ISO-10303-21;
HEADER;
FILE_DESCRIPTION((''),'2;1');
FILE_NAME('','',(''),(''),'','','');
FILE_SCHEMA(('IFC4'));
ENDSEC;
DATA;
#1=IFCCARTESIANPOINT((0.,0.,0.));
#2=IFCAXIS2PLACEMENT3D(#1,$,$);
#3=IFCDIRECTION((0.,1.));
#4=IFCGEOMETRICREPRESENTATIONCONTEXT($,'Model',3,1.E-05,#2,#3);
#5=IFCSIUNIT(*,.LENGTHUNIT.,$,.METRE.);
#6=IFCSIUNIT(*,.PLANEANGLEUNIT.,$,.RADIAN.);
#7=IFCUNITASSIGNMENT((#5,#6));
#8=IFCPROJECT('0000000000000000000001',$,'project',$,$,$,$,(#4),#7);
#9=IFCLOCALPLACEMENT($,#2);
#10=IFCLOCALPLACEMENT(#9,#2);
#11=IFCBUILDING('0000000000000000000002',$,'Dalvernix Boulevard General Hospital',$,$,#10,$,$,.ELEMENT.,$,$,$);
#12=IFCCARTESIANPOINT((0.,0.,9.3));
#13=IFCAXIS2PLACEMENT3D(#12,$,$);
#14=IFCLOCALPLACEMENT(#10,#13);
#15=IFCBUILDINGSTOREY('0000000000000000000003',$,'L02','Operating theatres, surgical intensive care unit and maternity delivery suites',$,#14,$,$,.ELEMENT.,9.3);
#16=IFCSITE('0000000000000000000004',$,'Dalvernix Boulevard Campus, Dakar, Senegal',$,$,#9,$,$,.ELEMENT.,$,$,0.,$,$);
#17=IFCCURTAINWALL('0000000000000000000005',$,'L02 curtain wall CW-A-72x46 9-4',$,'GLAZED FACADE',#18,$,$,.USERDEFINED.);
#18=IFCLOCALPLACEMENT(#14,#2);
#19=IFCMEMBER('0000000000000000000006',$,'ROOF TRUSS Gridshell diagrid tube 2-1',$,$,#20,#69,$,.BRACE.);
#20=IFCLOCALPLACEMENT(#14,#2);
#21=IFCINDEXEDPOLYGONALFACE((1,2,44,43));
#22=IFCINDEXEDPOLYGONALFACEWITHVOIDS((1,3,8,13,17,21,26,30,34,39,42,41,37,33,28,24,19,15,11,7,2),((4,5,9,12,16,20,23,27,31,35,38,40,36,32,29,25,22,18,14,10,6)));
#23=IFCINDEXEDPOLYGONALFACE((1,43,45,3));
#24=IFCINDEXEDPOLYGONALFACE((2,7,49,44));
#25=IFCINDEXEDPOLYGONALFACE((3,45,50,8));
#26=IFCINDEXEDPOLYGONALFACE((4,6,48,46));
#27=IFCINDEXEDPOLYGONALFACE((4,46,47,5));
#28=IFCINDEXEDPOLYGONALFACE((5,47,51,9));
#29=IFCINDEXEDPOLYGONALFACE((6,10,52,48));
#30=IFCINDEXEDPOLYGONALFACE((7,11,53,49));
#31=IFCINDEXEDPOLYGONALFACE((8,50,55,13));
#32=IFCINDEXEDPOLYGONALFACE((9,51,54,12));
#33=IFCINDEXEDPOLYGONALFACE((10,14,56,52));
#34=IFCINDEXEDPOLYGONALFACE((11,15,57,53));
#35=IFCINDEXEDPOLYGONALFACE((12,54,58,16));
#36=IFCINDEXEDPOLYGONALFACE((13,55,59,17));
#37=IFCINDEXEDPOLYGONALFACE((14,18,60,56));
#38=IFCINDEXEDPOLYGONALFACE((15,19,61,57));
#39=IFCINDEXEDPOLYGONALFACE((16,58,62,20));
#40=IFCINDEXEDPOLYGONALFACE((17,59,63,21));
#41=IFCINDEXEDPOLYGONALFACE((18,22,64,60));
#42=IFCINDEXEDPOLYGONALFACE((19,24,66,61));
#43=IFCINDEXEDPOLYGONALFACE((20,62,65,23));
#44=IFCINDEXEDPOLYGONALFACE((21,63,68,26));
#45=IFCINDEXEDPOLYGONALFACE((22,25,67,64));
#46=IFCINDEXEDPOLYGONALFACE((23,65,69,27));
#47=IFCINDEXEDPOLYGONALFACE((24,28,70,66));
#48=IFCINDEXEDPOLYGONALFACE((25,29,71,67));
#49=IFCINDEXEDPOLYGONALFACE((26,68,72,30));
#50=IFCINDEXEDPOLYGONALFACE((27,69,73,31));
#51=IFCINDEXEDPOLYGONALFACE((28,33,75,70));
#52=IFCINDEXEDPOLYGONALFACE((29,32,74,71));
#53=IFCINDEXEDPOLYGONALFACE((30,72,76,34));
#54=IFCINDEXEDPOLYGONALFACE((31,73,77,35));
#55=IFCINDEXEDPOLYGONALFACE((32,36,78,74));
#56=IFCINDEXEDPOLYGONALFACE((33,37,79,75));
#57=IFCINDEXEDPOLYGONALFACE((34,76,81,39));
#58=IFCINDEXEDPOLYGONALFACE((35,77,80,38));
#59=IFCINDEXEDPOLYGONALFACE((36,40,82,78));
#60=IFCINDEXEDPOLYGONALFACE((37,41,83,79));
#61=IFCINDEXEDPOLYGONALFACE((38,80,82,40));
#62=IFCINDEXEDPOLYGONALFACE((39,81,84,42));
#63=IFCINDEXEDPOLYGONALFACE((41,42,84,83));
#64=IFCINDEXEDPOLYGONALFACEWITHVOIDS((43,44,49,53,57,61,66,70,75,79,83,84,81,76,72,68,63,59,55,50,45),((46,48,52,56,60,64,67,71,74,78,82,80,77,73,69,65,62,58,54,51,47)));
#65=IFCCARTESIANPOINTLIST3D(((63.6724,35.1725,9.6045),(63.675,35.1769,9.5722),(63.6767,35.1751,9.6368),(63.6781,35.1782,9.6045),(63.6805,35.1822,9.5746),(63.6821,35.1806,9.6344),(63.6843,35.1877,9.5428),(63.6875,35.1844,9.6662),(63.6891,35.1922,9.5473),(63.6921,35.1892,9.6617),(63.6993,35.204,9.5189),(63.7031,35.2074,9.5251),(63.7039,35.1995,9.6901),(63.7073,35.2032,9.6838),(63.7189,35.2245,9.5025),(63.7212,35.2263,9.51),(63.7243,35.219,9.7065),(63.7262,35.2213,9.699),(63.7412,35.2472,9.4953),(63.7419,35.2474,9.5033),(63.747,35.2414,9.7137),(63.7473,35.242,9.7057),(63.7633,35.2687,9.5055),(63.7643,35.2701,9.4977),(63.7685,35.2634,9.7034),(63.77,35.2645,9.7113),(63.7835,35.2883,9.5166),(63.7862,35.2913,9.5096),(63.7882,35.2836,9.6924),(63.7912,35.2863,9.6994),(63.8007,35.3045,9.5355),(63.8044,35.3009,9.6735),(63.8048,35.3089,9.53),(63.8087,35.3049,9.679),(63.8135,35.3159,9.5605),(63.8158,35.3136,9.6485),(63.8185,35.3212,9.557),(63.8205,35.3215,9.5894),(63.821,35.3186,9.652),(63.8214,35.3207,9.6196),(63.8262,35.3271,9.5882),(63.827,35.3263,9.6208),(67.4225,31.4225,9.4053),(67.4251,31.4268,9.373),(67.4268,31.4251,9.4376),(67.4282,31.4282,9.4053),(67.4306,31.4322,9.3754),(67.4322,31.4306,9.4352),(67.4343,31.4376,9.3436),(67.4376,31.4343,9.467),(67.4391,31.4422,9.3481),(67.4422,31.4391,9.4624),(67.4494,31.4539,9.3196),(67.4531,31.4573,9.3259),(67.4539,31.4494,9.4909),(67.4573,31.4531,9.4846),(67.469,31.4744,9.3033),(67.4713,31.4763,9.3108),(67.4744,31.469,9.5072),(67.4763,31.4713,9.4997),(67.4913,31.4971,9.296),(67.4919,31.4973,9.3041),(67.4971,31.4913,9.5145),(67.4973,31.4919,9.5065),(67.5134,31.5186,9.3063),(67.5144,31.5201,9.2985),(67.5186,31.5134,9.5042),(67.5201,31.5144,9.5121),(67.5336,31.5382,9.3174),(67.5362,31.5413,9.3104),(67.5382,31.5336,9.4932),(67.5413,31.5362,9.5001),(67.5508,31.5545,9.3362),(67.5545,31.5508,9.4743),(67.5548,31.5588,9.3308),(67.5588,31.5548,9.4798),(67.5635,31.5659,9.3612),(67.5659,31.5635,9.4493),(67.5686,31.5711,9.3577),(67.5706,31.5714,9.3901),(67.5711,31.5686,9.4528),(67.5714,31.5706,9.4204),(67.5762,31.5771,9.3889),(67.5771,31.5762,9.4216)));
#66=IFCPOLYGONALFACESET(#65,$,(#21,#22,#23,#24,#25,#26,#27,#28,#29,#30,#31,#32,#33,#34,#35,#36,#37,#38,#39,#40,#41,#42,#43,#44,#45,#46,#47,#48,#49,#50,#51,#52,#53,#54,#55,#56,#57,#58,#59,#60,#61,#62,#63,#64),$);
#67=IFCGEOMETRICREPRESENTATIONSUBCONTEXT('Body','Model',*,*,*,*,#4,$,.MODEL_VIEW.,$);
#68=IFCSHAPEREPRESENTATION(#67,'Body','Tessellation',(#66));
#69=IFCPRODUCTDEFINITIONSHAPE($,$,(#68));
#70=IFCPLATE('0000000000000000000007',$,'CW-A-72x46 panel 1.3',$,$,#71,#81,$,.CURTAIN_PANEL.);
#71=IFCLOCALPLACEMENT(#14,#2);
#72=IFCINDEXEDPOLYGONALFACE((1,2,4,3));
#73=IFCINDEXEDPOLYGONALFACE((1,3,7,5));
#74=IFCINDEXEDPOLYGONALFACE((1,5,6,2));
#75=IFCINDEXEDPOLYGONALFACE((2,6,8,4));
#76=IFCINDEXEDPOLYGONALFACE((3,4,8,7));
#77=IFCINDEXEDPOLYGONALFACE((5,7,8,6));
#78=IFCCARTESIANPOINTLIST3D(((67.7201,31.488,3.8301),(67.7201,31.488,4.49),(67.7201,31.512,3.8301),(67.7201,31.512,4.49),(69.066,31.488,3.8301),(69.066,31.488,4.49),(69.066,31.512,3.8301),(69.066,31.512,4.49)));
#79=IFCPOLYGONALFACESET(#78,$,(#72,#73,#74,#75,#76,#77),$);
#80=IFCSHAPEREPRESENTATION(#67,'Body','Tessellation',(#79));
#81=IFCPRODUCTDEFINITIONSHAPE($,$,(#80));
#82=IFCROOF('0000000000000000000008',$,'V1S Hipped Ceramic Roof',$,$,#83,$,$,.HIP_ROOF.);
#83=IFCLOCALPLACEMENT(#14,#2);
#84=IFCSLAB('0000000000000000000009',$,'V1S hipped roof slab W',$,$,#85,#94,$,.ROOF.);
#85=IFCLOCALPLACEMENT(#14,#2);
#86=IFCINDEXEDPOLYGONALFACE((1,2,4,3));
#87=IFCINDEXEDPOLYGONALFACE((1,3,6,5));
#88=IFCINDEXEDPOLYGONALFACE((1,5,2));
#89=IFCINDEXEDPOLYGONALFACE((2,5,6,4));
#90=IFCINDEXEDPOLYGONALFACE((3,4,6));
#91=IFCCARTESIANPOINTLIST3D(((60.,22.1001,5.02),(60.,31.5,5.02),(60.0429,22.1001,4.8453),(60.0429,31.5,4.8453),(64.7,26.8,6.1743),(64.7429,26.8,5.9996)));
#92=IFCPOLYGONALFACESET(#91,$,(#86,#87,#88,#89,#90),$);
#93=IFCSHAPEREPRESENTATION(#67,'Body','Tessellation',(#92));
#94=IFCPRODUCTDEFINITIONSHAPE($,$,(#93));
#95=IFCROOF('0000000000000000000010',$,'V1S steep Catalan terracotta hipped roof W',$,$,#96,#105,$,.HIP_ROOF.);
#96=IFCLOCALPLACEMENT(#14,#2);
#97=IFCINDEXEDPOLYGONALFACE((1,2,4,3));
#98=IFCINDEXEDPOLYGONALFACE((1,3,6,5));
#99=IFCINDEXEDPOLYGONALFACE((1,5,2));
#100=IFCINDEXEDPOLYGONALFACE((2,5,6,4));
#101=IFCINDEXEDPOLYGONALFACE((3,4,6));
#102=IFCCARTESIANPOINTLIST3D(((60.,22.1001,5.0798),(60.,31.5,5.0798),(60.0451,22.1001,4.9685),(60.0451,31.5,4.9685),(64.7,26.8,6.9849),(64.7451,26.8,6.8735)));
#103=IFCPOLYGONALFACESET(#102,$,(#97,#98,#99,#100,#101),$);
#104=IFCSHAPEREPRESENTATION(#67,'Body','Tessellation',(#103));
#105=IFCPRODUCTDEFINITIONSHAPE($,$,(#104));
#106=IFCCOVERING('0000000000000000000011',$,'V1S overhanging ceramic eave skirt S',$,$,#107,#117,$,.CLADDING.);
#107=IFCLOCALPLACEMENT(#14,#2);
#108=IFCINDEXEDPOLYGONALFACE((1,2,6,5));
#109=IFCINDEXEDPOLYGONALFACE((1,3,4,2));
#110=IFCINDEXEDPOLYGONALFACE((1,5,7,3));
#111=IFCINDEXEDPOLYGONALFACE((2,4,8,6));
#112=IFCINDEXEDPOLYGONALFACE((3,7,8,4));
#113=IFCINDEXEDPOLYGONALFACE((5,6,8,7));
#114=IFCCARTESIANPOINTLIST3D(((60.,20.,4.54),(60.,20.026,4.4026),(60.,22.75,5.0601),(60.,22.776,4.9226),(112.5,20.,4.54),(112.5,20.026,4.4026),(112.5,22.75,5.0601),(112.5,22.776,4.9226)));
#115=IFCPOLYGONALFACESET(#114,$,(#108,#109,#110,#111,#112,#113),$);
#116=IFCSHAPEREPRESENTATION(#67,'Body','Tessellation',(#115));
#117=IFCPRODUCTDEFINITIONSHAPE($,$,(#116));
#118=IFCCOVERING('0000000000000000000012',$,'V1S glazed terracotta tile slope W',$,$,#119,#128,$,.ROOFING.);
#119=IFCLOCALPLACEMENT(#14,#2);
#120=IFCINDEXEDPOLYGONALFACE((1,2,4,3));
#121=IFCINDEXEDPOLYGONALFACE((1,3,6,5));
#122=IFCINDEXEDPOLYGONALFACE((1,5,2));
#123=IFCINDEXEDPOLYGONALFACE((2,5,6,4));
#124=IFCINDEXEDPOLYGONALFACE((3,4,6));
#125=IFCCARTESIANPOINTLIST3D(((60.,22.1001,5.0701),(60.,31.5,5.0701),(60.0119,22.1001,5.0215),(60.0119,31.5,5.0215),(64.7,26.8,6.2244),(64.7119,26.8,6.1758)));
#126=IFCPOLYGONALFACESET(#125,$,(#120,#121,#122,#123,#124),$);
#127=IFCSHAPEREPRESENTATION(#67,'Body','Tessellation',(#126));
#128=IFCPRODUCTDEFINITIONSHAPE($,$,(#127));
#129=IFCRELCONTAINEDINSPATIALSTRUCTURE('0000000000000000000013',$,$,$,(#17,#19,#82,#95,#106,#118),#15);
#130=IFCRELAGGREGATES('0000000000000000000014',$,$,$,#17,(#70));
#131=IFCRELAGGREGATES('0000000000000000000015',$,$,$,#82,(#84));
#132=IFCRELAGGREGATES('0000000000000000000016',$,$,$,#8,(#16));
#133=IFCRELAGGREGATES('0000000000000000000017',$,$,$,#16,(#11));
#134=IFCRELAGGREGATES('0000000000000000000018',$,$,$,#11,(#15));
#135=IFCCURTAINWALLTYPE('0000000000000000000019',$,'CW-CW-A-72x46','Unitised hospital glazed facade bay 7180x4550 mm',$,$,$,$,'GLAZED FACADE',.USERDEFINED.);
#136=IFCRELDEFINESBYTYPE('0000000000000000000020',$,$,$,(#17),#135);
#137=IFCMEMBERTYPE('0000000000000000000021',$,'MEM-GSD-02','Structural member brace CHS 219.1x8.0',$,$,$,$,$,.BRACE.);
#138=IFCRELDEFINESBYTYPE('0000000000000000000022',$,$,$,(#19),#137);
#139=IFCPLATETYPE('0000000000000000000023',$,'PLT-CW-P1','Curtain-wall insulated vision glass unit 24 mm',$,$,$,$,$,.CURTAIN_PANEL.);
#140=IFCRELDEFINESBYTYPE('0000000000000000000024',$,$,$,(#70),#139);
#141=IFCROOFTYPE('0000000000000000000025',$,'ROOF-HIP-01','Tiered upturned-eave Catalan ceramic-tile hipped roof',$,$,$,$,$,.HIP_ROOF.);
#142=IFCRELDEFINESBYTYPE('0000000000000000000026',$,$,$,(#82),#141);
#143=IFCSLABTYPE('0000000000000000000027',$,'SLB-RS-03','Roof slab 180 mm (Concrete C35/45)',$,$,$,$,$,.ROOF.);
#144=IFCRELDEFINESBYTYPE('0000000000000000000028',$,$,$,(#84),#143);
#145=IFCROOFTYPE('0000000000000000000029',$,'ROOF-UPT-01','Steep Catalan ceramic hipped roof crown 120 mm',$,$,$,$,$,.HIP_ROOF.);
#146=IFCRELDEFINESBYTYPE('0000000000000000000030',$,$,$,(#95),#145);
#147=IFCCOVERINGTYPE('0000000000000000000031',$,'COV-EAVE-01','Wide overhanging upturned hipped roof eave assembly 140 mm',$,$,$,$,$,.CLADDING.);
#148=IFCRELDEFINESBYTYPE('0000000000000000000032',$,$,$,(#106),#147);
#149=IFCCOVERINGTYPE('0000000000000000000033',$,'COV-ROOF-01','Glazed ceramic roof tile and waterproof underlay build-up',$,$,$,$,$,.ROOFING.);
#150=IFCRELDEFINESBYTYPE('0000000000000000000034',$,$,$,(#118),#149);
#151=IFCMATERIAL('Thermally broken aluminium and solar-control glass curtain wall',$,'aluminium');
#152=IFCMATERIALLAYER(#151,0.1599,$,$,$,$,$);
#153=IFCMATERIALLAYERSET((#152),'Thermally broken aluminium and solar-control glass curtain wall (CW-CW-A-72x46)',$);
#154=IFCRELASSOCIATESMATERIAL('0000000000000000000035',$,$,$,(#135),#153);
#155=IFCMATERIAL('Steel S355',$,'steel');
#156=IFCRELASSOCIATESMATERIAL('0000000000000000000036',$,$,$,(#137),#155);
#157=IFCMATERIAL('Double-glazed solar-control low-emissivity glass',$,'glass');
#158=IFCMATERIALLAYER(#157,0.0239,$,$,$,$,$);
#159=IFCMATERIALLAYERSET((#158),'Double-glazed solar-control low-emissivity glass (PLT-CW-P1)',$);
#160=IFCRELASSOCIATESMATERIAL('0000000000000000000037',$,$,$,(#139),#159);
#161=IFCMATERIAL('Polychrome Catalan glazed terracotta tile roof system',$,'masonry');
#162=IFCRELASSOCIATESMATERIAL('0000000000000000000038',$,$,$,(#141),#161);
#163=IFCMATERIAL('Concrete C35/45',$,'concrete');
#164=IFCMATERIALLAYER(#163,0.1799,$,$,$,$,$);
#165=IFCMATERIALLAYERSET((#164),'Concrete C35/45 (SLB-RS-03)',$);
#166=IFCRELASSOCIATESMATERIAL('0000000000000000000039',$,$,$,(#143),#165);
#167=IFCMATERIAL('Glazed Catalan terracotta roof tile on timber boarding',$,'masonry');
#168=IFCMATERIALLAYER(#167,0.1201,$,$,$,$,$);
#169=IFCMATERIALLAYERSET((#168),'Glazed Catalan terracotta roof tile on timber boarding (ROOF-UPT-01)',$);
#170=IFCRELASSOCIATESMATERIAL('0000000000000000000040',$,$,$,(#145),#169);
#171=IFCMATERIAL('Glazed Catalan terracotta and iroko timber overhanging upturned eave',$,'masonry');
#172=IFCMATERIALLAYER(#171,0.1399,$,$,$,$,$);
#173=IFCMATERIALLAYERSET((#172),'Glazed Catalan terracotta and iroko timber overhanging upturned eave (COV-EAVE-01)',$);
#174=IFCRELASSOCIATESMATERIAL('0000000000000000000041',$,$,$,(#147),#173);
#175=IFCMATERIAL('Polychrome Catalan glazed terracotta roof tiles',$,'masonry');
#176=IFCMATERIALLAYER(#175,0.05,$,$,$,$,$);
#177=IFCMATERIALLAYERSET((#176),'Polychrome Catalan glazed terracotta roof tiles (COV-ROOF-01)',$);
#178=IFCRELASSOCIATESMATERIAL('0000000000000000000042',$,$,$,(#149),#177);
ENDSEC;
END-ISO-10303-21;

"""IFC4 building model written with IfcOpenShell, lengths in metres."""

from ifc_helpers import new_model, si_unit, direction, frame, origin, origin_2d, place, context, subcontext, project, spatial, polyline, rectangle, hollow_circle, outline, extrude, material, layer, layer_set, material_profile, profile_set, type_object, element, aggregate, save


model = new_model("IFC4")

# Units and contexts
model_context = context("Model", 3, precision=1e-05, world=origin(), true_north=direction((0.0, 1.0)))
body_context = subcontext(model_context, "Body", "Model", "MODEL_VIEW")
ifc_project = project(units=[si_unit("LENGTHUNIT", "METRE"), si_unit("PLANEANGLEUNIT", "RADIAN")], contexts=[model_context])

# Site, building, storey
site_placement = place(None, origin())
site = spatial("IfcSite", under=ifc_project, at=site_placement, Name="Dalvernix Boulevard Campus, Dakar, Senegal", CompositionType="ELEMENT", RefElevation=0.0)
building_placement = place(site_placement, origin())
building = spatial("IfcBuilding", under=site, at=building_placement, Name="Dalvernix Boulevard General Hospital", CompositionType="ELEMENT")
storey_placement = place(building_placement, frame((0.0, 0.0, 9.3)))
storey = spatial("IfcBuildingStorey", under=building, at=storey_placement, Name="L02", Description="Operating theatres, surgical intensive care unit and maternity delivery suites", CompositionType="ELEMENT", Elevation=9.3)

# Shared definitions
ifc_material_1 = material(Name="Steel S355", Category="steel")

# Curtain wall
ifc_material_2 = material(Name="Thermally broken aluminium and solar-control glass curtain wall", Category="aluminium")
ifc_layer_1 = layer(ifc_material_2, 0.1599)
ifc_layer_set_1 = layer_set([ifc_layer_1], Name="Thermally broken aluminium and solar-control glass curtain wall (CW-CW-A-72x46)")
curtain_wall_type = type_object("IfcCurtainWallType", Name="CW-CW-A-72x46", Description="Unitised hospital glazed facade bay 7180x4550 mm", ElementType="GLAZED FACADE", PredefinedType="USERDEFINED", material=ifc_layer_set_1)
curtain_wall_placement = place(storey_placement, origin())
curtain_wall = element("IfcCurtainWall", 1, at=curtain_wall_placement, inside=storey, type_object=curtain_wall_type, Name="L02 curtain wall CW-A-72x46 9-4", ObjectType="GLAZED FACADE", PredefinedType="USERDEFINED")

# Member
ifc_material_profile_1 = material_profile(ifc_material_1, hollow_circle(Radius=0.1096, WallThickness=0.0081, at=origin_2d()), Name="CHS 219.1x8.0")
ifc_profile_set_1 = profile_set([ifc_material_profile_1], Name="Steel S355")
member_type_1 = type_object("IfcMemberType", Name="MEM-GSD-02", Description="Structural member brace CHS 219.1x8.0", PredefinedType="BRACE", material=ifc_profile_set_1)
member_1_placement = place(storey_placement, frame((67.5, 31.5, 9.4053), z_axis=(-0.706608, 0.706608, 0.037539), x_axis=(-0.707107, -0.707107, 0.0)))
element("IfcMember", 2, at=member_1_placement, inside=storey, type_object=member_type_1, Name="ROOF TRUSS Gridshell diagrid tube 2-1", PredefinedType="BRACE", context=body_context, shape_type="SweptSolid", body=[
    extrude(hollow_circle(Radius=0.1096, WallThickness=0.0081, at=origin_2d()), origin(), (0.0, 0.0, 1.0), 5.3071),
])

# Plate
ifc_material_3 = material(Name="Double-glazed solar-control low-emissivity glass", Category="glass")
ifc_layer_2 = layer(ifc_material_3, 0.0239)
ifc_layer_set_2 = layer_set([ifc_layer_2], Name="Double-glazed solar-control low-emissivity glass (PLT-CW-P1)")
plate_type = type_object("IfcPlateType", Name="PLT-CW-P1", Description="Curtain-wall insulated vision glass unit 24 mm", PredefinedType="CURTAIN_PANEL", material=ifc_layer_set_2)
plate_placement = place(storey_placement, frame((68.3931, 31.5, 3.8301), z_axis=(0.0, 0.0, 1.0), x_axis=(1.0, 0.0, 0.0)))
plate = element("IfcPlate", 3, at=plate_placement, type_object=plate_type, Name="CW-A-72x46 panel 1.3", PredefinedType="CURTAIN_PANEL", context=body_context, shape_type="SweptSolid", body=[
    extrude(rectangle(XDim=1.3459, YDim=0.0239, at=origin_2d()), origin(), (0.0, 0.0, 1.0), 0.6599),
])
aggregate(curtain_wall, [plate])

# Roof, slab
ifc_material_4 = material(Name="Polychrome Catalan glazed terracotta tile roof system", Category="masonry")
roof_type_1 = type_object("IfcRoofType", Name="ROOF-HIP-01", Description="Tiered upturned-eave Catalan ceramic-tile hipped roof", PredefinedType="HIP_ROOF", material=ifc_material_4)
roof_1_placement = place(storey_placement, origin())
roof_1 = element("IfcRoof", 4, at=roof_1_placement, inside=storey, type_object=roof_type_1, Name="V1S Hipped Ceramic Roof", PredefinedType="HIP_ROOF")
ifc_material_5 = material(Name="Concrete C35/45", Category="concrete")
ifc_layer_3 = layer(ifc_material_5, 0.1799)
ifc_layer_set_3 = layer_set([ifc_layer_3], Name="Concrete C35/45 (SLB-RS-03)")
slab_type = type_object("IfcSlabType", Name="SLB-RS-03", Description="Roof slab 180 mm (Concrete C35/45)", PredefinedType="ROOF", material=ifc_layer_set_3)
slab_placement = place(storey_placement, frame((60.0, 31.5, 5.02), z_axis=(-0.23851, 0.0, 0.97114), x_axis=(0.0, -1.0, 0.0)))
slab = element("IfcSlab", 5, at=slab_placement, type_object=slab_type, Name="V1S hipped roof slab W", PredefinedType="ROOF", context=body_context, shape_type="SweptSolid", body=[
    extrude(outline(polyline([(0.0, 0.0), (9.3999, 0.0), (4.7, 4.8396), (0.0, 0.0)])), origin(), (0.0, 0.0, -1.0), 0.1799),
])
aggregate(roof_1, [slab])

# Roof
ifc_material_6 = material(Name="Glazed Catalan terracotta roof tile on timber boarding", Category="masonry")
ifc_layer_4 = layer(ifc_material_6, 0.1201)
ifc_layer_set_4 = layer_set([ifc_layer_4], Name="Glazed Catalan terracotta roof tile on timber boarding (ROOF-UPT-01)")
roof_type_2 = type_object("IfcRoofType", Name="ROOF-UPT-01", Description="Steep Catalan ceramic hipped roof crown 120 mm", PredefinedType="HIP_ROOF", material=ifc_layer_set_4)
roof_2_placement = place(storey_placement, frame((60.0, 31.5, 5.0798), z_axis=(-0.375645, 0.0, 0.926764), x_axis=(0.0, -1.0, 0.0)))
element("IfcRoof", 6, at=roof_2_placement, inside=storey, type_object=roof_type_2, Name="V1S steep Catalan terracotta hipped roof W", PredefinedType="HIP_ROOF", context=body_context, shape_type="SweptSolid", body=[
    extrude(outline(polyline([(0.0, 0.0), (9.3999, 0.0), (4.7, 5.0714), (0.0, 0.0)])), origin(), (0.0, 0.0, -1.0), 0.1201),
])

# Coverings
ifc_material_7 = material(Name="Glazed Catalan terracotta and iroko timber overhanging upturned eave", Category="masonry")
ifc_layer_5 = layer(ifc_material_7, 0.1399)
ifc_layer_set_5 = layer_set([ifc_layer_5], Name="Glazed Catalan terracotta and iroko timber overhanging upturned eave (COV-EAVE-01)")
covering_type_1 = type_object("IfcCoveringType", Name="COV-EAVE-01", Description="Wide overhanging upturned hipped roof eave assembly 140 mm", PredefinedType="CLADDING", material=ifc_layer_set_5)
covering_1_placement = place(storey_placement, frame((60.0, 22.75, 5.0601), z_axis=(0.0, -0.185805, 0.982587), x_axis=(1.0, 0.0, 0.0)))
element("IfcCovering", 7, at=covering_1_placement, inside=storey, type_object=covering_type_1, Name="V1S overhanging ceramic eave skirt S", PredefinedType="CLADDING", context=body_context, shape_type="SweptSolid", body=[
    extrude(outline(polyline([(0.0, 0.0), (52.5, 0.0), (52.5, -2.7987), (0.0, -2.7987), (0.0, 0.0)])), origin(), (0.0, 0.0, -1.0), 0.1399),
])
ifc_material_8 = material(Name="Polychrome Catalan glazed terracotta roof tiles", Category="masonry")
ifc_layer_6 = layer(ifc_material_8, 0.05)
ifc_layer_set_6 = layer_set([ifc_layer_6], Name="Polychrome Catalan glazed terracotta roof tiles (COV-ROOF-01)")
covering_type_2 = type_object("IfcCoveringType", Name="COV-ROOF-01", Description="Glazed ceramic roof tile and waterproof underlay build-up", PredefinedType="ROOFING", material=ifc_layer_set_6)
covering_2_placement = place(storey_placement, frame((60.0, 31.5, 5.0701), z_axis=(-0.23851, 0.0, 0.97114), x_axis=(0.0, -1.0, 0.0)))
element("IfcCovering", 8, at=covering_2_placement, inside=storey, type_object=covering_type_2, Name="V1S glazed terracotta tile slope W", PredefinedType="ROOFING", context=body_context, shape_type="SweptSolid", body=[
    extrude(outline(polyline([(0.0, 0.0), (9.3999, 0.0), (4.7, 4.8396), (0.0, 0.0)])), origin(), (0.0, 0.0, -1.0), 0.05),
])

save(model, "model.ifc")
